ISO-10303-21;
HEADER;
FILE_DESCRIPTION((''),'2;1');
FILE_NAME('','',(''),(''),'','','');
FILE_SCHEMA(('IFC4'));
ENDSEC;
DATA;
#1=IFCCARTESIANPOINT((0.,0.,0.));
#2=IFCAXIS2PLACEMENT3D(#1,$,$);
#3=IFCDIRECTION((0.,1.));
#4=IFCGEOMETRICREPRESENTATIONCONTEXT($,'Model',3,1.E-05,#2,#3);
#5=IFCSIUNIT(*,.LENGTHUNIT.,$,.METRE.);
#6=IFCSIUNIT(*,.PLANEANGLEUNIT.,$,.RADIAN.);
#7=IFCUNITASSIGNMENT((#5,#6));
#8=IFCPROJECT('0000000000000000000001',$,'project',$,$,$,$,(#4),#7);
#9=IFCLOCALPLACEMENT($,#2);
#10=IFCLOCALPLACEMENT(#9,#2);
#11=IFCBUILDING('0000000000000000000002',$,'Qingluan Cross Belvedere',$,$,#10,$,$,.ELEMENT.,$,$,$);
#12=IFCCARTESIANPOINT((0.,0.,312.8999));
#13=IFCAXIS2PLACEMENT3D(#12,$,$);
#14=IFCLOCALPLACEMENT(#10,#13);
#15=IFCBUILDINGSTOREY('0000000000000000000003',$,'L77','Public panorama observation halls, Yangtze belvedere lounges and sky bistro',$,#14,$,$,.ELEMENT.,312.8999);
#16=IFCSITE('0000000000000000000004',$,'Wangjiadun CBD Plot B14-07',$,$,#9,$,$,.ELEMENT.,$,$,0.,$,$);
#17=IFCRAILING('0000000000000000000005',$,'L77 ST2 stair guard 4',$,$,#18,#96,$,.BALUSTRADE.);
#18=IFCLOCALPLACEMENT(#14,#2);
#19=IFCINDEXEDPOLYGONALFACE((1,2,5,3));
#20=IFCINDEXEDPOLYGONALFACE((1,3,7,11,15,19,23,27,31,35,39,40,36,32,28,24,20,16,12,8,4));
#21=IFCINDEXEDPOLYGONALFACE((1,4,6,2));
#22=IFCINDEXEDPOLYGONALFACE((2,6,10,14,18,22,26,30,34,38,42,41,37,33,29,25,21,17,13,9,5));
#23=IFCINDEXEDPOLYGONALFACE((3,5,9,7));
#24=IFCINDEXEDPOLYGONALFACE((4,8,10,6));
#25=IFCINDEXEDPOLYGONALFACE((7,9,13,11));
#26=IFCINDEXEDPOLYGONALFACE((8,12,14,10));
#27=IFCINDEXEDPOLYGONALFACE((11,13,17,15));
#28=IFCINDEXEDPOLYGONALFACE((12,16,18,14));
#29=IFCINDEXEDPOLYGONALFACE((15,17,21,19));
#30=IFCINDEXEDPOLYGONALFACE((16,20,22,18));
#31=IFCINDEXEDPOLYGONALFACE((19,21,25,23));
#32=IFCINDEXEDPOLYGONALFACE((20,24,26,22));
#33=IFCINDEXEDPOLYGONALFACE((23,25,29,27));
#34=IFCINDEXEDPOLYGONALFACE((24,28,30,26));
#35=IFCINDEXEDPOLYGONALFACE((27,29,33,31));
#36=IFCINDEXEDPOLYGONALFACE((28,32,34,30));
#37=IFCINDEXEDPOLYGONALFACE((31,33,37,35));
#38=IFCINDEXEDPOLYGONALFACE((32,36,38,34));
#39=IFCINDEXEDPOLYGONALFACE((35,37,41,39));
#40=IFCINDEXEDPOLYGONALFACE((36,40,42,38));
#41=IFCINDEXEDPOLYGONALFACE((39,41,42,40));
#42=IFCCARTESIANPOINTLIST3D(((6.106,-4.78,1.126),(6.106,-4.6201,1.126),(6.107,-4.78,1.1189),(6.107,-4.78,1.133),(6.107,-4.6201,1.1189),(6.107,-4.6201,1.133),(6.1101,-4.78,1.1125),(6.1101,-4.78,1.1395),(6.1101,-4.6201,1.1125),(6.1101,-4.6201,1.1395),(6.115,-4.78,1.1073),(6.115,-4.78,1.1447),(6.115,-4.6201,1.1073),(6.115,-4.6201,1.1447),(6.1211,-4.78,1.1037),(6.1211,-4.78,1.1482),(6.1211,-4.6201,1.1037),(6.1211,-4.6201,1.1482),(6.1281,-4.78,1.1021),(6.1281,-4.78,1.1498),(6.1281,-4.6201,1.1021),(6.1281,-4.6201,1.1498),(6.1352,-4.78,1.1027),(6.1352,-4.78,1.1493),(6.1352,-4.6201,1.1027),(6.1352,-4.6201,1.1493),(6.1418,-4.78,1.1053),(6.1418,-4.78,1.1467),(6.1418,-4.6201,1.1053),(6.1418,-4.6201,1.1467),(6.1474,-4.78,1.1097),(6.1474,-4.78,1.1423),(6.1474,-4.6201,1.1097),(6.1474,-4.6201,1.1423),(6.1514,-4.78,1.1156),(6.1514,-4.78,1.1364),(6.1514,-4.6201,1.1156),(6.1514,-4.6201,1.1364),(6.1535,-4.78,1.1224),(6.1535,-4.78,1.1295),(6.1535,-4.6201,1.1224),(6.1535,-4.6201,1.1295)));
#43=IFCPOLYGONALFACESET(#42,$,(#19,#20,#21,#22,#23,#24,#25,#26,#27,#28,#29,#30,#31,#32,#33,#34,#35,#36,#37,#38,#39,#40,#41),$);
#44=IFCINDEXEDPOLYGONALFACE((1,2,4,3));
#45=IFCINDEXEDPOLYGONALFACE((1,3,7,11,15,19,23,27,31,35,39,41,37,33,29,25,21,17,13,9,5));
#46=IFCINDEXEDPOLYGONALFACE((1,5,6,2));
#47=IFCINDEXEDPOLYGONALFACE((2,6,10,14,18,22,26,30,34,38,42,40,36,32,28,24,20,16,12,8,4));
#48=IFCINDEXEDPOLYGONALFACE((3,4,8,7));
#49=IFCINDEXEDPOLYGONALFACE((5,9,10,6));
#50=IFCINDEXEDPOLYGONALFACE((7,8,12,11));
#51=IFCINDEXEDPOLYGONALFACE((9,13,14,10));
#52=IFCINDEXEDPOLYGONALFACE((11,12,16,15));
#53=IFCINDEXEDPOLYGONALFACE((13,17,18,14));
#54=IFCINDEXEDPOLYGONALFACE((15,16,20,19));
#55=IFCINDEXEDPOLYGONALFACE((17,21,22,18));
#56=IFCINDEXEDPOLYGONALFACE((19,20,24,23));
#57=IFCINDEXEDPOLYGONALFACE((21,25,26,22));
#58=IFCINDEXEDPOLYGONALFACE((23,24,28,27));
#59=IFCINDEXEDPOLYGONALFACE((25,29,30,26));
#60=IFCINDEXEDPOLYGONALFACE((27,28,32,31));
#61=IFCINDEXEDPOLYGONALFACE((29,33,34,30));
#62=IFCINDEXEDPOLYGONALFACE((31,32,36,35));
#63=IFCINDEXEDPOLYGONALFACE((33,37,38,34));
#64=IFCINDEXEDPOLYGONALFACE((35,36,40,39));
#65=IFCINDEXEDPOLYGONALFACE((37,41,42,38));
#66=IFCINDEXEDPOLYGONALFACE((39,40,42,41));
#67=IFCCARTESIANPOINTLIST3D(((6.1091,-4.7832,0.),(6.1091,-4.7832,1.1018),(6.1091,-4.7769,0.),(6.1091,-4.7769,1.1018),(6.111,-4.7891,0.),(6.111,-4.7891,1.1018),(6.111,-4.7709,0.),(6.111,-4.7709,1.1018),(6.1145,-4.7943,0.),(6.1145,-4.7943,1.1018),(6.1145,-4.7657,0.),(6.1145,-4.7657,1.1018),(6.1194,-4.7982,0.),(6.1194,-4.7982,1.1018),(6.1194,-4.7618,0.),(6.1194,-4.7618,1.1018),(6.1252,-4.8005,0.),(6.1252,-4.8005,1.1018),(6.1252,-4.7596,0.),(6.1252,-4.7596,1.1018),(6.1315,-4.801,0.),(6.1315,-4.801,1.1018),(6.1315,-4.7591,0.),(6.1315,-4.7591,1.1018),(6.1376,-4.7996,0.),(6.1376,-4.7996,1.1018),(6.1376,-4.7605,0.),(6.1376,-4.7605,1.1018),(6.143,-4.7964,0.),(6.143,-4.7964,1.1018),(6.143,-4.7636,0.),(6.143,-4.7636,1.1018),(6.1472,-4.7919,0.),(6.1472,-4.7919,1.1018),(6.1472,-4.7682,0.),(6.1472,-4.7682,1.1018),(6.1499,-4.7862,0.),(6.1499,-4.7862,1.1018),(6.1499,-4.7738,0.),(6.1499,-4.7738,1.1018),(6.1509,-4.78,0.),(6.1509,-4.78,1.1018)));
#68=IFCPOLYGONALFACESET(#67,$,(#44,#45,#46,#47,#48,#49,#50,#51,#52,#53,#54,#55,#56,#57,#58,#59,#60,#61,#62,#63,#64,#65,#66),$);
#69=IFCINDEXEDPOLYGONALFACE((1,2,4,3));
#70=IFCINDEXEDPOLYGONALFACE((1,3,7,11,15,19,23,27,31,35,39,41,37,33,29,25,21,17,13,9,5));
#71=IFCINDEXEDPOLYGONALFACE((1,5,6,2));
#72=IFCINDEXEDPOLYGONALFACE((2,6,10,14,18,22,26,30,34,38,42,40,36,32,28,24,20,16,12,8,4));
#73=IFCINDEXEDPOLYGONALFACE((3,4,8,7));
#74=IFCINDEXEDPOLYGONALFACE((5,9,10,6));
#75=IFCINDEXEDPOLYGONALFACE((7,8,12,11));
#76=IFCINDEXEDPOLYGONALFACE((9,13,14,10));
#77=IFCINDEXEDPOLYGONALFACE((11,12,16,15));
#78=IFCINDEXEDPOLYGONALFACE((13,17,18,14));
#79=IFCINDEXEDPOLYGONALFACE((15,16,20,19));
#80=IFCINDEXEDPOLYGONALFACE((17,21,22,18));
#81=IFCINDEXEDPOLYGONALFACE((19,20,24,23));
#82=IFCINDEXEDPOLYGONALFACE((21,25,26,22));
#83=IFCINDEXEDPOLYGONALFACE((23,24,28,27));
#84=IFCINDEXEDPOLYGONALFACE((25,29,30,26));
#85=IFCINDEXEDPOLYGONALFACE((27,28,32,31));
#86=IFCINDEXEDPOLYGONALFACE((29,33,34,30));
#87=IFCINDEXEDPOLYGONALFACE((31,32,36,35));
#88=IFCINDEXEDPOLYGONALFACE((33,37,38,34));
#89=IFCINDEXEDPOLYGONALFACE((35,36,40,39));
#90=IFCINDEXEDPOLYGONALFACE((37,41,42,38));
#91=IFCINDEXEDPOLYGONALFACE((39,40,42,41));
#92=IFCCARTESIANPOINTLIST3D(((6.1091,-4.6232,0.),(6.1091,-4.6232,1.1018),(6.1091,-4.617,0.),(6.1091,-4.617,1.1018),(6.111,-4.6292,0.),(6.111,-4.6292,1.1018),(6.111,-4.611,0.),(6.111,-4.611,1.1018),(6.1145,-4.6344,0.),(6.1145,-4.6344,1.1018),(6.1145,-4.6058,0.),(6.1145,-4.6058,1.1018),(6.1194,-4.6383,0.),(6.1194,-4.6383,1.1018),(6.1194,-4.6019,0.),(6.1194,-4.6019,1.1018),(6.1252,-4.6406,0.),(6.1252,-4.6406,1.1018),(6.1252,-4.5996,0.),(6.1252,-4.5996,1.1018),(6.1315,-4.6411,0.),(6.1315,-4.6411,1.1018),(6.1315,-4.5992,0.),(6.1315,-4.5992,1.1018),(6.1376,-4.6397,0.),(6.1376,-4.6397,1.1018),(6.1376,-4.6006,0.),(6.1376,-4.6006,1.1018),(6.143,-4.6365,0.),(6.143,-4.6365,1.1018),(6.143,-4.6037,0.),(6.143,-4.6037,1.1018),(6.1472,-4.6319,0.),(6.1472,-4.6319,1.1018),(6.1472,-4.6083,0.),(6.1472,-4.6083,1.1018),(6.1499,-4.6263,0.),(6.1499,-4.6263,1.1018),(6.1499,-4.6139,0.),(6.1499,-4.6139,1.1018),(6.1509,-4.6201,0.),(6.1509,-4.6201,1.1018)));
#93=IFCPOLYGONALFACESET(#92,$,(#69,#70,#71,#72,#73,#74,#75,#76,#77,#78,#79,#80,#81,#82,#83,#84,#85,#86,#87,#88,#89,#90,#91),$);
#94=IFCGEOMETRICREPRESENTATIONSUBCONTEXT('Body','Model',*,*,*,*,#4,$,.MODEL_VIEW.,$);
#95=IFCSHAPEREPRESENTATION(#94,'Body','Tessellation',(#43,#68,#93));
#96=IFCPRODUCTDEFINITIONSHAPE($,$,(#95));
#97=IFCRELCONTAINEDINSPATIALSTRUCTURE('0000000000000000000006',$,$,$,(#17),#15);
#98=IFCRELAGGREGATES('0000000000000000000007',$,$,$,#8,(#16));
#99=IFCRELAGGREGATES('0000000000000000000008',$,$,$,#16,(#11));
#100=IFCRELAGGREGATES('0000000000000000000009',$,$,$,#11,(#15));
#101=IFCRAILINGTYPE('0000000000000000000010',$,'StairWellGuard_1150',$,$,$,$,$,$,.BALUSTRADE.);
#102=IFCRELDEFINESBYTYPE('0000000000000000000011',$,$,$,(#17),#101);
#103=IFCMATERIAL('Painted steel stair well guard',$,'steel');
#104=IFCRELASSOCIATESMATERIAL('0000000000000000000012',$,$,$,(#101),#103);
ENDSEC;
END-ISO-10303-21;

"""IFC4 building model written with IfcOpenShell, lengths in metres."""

from ifc_helpers import new_model, si_unit, direction, frame, origin, origin_2d, place, context, subcontext, project, spatial, circle, extrude, material, type_object, element, save


model = new_model("IFC4")

# Units and contexts
model_context = context("Model", 3, precision=1e-05, world=origin(), true_north=direction((0.0, 1.0)))
body_context = subcontext(model_context, "Body", "Model", "MODEL_VIEW")
ifc_project = project(units=[si_unit("LENGTHUNIT", "METRE"), si_unit("PLANEANGLEUNIT", "RADIAN")], contexts=[model_context])

# Site, building, storey
site_placement = place(None, origin())
site = spatial("IfcSite", under=ifc_project, at=site_placement, Name="Wangjiadun CBD Plot B14-07", CompositionType="ELEMENT", RefElevation=0.0)
building_placement = place(site_placement, origin())
building = spatial("IfcBuilding", under=site, at=building_placement, Name="Qingluan Cross Belvedere", CompositionType="ELEMENT")
storey_placement = place(building_placement, frame((0.0, 0.0, 312.8999)))
storey = spatial("IfcBuildingStorey", under=building, at=storey_placement, Name="L77", Description="Public panorama observation halls, Yangtze belvedere lounges and sky bistro", CompositionType="ELEMENT", Elevation=312.8999)

# Railing
ifc_material_1 = material(Name="Painted steel stair well guard", Category="steel")
railing_type_1 = type_object("IfcRailingType", Name="StairWellGuard_1150", PredefinedType="BALUSTRADE", material=ifc_material_1)
railing_1_placement = place(storey_placement, frame((6.1299, -4.78, 0.0)))
element("IfcRailing", 1, at=railing_1_placement, inside=storey, type_object=railing_type_1, Name="L77 ST2 stair guard 4", PredefinedType="BALUSTRADE", context=body_context, shape_type="SweptSolid", body=[
    extrude(circle(Radius=0.0239, at=origin_2d()), frame((0.0, 0.0, 1.126), z_axis=(0.0, 1.0, 0.0), x_axis=(-1.0, 0.0, 0.0)), (0.0, 0.0, 1.0), 0.1599),
    extrude(circle(Radius=0.021, at=origin_2d()), origin(), (0.0, 0.0, 1.0), 1.1018),
    extrude(circle(Radius=0.021, at=origin_2d()), frame((0.0, 0.1599, 0.0)), (0.0, 0.0, 1.0), 1.1018),
])

save(model, "model.ifc")
